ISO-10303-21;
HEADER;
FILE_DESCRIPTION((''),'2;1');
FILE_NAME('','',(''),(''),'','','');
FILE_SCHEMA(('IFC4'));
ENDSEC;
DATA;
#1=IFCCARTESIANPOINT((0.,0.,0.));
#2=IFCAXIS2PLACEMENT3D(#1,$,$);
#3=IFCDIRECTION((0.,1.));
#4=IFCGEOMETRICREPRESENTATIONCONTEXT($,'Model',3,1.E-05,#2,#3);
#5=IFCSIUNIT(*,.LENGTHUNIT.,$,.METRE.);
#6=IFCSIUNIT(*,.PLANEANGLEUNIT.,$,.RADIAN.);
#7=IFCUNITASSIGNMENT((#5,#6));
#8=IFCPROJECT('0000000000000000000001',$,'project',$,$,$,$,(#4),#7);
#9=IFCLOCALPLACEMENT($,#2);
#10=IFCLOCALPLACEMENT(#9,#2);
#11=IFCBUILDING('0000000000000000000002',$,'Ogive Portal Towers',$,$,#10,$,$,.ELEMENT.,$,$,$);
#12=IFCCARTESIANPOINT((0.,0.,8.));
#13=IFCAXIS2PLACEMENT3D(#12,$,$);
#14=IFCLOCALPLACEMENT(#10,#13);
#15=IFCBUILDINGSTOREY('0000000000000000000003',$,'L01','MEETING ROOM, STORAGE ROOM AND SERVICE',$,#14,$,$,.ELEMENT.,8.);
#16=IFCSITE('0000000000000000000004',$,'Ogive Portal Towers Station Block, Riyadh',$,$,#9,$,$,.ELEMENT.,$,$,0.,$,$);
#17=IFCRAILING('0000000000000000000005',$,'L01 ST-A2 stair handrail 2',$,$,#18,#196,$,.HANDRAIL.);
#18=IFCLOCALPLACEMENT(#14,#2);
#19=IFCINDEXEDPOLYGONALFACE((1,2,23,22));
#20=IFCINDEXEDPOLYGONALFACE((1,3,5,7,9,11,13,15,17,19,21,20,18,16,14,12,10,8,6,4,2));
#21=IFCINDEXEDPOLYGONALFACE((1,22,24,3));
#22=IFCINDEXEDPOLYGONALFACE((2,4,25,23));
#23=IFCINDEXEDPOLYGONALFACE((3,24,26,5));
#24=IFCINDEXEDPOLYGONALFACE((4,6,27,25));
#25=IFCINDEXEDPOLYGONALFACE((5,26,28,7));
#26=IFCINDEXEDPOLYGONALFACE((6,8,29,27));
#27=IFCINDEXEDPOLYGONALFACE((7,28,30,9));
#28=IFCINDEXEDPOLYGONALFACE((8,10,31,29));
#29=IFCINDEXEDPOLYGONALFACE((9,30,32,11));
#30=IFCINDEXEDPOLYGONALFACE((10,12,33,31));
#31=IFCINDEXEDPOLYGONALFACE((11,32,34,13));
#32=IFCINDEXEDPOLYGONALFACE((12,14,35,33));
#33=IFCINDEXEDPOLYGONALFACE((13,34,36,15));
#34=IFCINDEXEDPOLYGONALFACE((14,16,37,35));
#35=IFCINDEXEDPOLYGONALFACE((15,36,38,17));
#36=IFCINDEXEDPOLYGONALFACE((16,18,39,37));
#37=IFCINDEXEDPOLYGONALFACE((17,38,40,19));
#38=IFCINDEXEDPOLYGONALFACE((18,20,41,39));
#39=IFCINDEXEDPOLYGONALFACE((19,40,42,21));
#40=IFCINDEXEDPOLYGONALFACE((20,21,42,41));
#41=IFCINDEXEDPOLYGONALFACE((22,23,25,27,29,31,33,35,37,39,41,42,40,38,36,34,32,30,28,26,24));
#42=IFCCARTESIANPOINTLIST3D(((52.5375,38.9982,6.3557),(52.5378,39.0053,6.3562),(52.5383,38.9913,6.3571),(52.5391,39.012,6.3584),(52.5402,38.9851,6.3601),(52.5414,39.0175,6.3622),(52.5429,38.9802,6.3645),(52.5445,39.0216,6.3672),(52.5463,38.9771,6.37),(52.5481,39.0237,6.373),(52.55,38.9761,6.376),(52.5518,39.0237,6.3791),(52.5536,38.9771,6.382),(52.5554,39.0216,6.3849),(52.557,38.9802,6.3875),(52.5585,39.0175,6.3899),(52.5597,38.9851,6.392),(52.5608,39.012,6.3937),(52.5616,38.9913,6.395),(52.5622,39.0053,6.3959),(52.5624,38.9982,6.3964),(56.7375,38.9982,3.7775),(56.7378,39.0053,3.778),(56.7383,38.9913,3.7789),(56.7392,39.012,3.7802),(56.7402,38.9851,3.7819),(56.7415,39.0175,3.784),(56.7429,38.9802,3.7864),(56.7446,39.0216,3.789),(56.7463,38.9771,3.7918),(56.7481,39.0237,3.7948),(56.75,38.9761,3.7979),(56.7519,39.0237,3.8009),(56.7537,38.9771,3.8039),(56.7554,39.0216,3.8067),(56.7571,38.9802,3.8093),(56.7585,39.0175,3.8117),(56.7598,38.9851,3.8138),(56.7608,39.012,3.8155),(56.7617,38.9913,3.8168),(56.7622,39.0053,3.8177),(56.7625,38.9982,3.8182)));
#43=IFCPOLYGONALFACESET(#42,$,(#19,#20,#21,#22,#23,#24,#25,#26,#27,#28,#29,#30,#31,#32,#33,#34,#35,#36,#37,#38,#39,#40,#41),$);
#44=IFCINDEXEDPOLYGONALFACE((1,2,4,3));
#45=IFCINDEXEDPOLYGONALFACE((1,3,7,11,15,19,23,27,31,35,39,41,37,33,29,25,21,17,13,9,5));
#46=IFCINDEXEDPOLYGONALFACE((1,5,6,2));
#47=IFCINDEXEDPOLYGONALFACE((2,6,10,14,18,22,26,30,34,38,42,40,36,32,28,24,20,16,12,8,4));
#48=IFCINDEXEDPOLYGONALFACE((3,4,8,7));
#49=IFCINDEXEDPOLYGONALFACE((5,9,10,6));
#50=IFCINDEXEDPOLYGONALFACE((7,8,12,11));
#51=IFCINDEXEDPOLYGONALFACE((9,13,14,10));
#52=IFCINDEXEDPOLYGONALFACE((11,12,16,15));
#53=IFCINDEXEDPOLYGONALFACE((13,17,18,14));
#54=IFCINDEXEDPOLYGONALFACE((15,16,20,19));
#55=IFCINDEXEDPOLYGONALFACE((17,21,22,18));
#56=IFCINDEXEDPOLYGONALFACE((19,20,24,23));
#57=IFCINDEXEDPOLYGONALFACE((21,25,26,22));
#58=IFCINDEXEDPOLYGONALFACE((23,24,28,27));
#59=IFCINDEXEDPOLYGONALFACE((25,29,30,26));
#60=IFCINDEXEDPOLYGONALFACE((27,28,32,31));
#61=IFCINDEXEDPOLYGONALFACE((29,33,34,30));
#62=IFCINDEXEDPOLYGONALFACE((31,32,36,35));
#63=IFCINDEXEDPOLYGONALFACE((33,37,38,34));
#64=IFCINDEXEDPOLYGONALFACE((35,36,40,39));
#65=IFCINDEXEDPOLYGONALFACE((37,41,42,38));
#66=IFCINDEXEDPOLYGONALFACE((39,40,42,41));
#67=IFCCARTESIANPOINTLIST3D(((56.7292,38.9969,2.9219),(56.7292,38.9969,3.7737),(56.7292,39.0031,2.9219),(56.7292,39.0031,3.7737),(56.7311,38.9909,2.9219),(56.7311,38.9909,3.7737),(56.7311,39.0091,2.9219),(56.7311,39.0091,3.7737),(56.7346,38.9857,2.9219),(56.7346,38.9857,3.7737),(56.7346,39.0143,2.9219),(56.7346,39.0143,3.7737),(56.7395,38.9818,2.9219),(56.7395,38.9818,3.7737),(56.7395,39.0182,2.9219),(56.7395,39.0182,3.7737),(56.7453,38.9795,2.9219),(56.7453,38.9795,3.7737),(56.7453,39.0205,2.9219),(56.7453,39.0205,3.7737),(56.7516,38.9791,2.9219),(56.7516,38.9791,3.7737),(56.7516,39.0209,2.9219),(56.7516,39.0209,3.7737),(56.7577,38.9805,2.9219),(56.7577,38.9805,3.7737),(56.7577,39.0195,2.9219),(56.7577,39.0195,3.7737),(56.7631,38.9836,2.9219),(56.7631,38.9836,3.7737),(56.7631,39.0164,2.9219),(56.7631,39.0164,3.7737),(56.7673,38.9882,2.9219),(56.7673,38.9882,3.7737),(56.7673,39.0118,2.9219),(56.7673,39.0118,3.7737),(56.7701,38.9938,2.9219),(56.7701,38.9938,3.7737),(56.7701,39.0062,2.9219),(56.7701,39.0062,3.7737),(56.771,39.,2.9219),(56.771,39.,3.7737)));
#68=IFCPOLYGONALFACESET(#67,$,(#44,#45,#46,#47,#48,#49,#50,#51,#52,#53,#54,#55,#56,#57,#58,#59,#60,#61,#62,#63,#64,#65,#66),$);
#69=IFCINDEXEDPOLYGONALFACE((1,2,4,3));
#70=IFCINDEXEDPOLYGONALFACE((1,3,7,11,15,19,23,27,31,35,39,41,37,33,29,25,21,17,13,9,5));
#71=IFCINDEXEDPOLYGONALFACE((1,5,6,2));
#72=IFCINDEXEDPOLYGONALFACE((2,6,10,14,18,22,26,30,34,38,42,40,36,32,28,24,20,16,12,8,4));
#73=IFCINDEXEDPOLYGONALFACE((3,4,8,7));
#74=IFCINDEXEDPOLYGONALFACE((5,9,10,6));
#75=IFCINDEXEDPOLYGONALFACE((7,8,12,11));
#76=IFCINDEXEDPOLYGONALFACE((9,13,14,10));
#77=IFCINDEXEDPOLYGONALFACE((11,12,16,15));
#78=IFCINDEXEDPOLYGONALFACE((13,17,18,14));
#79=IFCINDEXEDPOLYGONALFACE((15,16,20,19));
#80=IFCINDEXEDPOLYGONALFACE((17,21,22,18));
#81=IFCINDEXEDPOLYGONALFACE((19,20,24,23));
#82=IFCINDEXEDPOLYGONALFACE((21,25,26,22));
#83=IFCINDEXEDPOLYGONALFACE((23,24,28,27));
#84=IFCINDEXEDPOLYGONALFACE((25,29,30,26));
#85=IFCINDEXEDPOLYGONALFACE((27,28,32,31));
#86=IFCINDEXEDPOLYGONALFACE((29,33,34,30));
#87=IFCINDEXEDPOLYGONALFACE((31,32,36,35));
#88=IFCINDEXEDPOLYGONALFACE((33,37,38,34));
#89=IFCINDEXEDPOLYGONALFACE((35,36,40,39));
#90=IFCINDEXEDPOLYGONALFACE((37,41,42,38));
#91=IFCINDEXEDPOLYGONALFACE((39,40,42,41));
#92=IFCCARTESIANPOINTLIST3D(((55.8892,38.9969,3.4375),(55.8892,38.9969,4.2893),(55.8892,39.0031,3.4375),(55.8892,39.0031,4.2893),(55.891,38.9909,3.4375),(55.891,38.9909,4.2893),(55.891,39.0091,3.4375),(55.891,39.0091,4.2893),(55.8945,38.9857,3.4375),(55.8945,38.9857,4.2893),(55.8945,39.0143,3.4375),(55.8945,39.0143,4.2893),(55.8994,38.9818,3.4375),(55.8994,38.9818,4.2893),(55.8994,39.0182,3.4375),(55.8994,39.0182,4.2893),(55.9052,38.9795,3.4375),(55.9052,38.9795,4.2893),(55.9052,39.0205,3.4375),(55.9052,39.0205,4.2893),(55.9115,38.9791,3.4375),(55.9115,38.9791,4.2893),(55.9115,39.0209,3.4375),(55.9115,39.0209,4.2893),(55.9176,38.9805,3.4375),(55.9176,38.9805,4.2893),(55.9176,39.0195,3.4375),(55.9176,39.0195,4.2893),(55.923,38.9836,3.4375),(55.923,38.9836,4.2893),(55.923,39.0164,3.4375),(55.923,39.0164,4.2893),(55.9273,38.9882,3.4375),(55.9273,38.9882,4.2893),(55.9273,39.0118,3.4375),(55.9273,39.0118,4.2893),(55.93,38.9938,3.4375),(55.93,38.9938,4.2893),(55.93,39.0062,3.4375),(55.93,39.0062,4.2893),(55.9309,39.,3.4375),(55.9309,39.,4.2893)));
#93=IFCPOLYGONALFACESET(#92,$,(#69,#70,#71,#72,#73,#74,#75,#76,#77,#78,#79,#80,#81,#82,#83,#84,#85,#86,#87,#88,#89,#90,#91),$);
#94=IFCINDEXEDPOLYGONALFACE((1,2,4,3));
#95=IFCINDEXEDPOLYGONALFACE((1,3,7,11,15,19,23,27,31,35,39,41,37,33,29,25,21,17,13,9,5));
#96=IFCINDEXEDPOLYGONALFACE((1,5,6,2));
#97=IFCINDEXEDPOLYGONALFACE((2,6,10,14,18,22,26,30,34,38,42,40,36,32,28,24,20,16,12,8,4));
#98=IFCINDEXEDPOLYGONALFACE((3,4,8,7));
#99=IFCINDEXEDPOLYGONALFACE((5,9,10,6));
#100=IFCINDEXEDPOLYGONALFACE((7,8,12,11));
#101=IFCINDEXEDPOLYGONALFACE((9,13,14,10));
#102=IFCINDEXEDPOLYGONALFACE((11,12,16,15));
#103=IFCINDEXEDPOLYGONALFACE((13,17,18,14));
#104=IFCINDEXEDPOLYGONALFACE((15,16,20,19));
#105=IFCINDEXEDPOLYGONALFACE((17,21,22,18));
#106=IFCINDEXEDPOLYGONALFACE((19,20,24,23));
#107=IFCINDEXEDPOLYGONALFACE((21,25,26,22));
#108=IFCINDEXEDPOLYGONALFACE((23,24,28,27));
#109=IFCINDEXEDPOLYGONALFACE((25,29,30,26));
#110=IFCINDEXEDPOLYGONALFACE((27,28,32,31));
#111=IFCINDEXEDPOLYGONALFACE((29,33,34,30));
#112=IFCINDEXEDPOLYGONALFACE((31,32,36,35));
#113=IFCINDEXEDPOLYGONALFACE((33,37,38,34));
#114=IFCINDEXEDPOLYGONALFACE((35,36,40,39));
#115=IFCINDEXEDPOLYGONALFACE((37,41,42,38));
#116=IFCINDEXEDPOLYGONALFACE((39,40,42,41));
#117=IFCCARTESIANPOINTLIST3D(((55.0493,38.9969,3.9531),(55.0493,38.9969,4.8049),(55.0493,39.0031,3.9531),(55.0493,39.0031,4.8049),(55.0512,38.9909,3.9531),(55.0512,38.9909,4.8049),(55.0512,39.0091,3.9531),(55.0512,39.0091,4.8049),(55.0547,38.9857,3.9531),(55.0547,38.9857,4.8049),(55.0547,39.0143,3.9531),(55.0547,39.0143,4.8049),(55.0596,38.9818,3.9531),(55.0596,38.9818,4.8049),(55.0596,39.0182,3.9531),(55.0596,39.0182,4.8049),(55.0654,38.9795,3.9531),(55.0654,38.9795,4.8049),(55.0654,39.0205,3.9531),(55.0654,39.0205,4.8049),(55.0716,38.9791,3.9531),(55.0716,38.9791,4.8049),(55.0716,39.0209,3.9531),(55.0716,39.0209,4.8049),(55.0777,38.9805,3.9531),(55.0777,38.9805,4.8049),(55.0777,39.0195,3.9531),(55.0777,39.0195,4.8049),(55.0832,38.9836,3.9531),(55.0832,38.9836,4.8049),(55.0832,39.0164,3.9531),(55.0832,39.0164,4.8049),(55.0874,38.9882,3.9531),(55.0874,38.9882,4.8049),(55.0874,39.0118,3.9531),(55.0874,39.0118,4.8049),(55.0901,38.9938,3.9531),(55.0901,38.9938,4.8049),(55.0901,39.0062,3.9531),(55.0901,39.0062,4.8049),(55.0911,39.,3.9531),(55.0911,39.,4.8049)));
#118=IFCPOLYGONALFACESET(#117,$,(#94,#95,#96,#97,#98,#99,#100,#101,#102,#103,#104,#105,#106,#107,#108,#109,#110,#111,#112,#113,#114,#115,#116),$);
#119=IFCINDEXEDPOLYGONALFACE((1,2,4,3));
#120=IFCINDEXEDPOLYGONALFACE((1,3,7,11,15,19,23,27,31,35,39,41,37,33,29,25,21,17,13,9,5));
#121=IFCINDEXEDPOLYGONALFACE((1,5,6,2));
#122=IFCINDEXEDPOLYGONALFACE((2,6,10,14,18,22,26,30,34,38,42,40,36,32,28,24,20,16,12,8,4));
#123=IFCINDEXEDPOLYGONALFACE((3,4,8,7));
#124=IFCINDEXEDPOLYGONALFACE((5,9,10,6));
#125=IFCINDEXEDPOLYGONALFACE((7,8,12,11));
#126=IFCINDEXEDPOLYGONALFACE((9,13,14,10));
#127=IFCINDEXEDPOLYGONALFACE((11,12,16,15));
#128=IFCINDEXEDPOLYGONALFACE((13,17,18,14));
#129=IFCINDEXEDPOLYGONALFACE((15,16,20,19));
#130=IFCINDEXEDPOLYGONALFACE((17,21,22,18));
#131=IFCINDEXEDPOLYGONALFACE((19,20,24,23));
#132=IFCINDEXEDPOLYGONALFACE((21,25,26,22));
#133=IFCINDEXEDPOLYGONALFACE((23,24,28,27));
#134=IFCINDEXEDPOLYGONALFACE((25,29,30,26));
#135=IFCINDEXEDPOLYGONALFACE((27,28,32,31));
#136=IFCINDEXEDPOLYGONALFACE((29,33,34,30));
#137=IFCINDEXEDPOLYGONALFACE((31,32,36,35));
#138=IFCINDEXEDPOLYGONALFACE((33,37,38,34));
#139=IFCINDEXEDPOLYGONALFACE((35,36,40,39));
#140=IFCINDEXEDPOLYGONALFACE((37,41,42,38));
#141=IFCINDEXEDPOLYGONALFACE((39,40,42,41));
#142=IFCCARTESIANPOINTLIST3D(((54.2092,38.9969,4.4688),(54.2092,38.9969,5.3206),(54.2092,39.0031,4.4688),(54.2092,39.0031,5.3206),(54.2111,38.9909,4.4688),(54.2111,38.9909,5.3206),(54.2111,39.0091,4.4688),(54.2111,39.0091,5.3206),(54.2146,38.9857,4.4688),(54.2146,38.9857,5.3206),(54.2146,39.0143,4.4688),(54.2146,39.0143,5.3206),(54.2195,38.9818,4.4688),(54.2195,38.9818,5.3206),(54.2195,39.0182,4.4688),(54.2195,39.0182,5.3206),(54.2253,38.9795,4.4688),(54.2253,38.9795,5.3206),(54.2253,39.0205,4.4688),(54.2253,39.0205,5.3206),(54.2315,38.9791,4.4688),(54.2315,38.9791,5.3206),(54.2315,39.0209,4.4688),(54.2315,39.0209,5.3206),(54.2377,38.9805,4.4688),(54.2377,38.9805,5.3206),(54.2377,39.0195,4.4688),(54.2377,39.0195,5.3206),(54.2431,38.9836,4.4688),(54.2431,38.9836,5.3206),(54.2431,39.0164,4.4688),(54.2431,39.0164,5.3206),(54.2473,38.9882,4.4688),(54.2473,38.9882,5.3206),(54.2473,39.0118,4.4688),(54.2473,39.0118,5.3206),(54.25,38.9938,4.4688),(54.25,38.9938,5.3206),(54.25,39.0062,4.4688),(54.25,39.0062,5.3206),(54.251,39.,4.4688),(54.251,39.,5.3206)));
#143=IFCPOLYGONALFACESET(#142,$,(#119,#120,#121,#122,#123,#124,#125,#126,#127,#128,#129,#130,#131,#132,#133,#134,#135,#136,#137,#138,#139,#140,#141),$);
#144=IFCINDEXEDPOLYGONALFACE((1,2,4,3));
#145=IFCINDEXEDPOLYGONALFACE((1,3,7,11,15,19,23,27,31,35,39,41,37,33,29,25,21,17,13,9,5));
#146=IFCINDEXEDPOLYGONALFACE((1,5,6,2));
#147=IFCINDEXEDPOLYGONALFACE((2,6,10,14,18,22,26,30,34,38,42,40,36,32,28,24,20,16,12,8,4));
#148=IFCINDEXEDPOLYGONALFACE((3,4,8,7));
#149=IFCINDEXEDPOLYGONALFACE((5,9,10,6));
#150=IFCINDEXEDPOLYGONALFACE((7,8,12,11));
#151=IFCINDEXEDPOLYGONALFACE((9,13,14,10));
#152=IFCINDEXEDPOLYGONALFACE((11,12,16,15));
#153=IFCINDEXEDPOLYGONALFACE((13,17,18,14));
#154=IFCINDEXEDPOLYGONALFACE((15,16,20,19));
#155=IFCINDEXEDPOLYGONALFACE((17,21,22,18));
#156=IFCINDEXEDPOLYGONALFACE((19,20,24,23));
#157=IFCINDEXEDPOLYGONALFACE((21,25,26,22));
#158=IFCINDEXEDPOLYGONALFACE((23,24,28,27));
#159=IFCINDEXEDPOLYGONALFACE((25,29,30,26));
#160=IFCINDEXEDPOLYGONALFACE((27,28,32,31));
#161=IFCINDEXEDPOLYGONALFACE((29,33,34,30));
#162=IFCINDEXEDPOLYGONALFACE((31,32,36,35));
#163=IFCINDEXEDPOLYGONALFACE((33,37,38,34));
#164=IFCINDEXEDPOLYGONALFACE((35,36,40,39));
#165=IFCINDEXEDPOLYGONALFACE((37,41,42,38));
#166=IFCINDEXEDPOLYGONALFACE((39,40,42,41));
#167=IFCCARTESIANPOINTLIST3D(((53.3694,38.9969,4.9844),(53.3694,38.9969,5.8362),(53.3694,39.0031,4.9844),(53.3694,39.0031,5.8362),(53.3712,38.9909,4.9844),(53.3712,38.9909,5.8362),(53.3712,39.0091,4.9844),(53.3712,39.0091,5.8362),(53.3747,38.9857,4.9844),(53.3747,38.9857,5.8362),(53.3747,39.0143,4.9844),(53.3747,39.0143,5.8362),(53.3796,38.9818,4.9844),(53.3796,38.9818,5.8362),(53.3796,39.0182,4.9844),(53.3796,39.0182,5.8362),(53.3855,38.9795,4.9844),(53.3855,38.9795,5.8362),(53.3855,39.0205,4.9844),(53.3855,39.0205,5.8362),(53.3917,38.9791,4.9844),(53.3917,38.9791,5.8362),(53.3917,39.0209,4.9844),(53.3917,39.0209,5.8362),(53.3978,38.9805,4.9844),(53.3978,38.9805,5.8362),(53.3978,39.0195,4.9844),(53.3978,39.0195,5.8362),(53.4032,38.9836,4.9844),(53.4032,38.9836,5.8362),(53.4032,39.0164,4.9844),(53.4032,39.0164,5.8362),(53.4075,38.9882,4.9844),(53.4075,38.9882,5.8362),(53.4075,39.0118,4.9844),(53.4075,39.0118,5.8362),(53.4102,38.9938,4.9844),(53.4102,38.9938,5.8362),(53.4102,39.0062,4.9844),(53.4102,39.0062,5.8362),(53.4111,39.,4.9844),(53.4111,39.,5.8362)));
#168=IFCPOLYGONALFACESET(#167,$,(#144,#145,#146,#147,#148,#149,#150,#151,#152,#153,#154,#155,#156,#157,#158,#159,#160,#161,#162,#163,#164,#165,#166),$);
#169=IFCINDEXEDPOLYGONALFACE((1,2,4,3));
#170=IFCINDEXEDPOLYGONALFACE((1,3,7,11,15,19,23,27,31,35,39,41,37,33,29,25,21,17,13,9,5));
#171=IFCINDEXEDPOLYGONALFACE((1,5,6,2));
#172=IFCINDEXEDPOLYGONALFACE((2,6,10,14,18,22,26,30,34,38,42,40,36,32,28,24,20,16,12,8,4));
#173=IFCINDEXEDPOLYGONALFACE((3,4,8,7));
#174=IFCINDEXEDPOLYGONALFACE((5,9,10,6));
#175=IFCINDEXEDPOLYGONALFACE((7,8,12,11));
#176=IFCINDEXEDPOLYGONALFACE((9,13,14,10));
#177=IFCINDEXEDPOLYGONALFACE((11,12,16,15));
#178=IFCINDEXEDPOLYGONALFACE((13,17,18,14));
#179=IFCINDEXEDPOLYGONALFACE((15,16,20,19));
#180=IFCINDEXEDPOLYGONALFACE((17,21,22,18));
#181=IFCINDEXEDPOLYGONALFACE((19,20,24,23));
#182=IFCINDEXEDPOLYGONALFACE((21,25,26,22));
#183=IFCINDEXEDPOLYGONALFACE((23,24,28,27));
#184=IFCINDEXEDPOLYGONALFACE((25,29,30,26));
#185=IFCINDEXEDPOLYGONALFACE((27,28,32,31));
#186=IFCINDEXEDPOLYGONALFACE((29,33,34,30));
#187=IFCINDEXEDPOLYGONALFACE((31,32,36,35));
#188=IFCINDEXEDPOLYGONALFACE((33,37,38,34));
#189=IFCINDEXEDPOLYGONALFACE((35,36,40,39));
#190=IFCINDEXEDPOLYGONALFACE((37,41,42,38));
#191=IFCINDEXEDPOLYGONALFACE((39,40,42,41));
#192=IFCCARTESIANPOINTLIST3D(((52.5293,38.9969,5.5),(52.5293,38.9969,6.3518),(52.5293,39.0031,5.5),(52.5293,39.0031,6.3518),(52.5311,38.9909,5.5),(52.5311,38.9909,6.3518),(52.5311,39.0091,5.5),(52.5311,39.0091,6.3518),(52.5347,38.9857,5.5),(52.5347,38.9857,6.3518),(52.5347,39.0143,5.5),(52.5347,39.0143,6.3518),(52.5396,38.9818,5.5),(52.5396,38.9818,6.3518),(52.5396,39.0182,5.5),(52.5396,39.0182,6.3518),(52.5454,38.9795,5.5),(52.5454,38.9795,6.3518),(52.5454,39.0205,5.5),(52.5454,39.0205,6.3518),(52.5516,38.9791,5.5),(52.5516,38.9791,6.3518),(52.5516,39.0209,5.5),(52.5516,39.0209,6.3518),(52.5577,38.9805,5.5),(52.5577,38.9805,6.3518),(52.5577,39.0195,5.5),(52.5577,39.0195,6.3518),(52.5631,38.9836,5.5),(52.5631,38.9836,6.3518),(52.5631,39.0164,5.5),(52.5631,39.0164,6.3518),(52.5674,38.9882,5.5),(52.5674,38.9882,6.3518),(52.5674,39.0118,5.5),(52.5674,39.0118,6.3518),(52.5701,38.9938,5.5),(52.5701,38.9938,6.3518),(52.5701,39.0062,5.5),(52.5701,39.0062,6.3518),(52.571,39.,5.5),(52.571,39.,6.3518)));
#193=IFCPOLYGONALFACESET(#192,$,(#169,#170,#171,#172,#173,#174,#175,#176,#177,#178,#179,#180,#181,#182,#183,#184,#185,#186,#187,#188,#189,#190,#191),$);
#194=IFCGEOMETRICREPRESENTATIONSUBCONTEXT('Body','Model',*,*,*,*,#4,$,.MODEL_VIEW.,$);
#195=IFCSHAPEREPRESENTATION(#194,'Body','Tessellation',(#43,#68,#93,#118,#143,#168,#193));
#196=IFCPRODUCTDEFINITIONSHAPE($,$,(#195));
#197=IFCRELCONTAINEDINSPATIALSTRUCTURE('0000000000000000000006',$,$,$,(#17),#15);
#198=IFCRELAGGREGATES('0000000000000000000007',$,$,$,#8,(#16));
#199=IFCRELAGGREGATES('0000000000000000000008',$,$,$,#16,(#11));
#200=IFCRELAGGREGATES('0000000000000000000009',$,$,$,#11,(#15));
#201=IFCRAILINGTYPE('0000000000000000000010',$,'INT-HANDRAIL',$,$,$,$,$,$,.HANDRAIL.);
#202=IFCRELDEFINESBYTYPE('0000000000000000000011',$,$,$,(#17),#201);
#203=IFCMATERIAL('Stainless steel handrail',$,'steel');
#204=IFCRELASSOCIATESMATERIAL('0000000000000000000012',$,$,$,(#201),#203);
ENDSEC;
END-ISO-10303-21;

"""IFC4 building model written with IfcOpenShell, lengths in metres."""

from ifc_helpers import new_model, si_unit, direction, frame, origin, origin_2d, place, context, subcontext, project, spatial, circle, extrude, material, type_object, element, save


model = new_model("IFC4")

# Units and contexts
model_context = context("Model", 3, precision=1e-05, world=origin(), true_north=direction((0.0, 1.0)))
body_context = subcontext(model_context, "Body", "Model", "MODEL_VIEW")
ifc_project = project(units=[si_unit("LENGTHUNIT", "METRE"), si_unit("PLANEANGLEUNIT", "RADIAN")], contexts=[model_context])

# Site, building, storey
site_placement = place(None, origin())
site = spatial("IfcSite", under=ifc_project, at=site_placement, Name="Ogive Portal Towers Station Block, Riyadh", CompositionType="ELEMENT", RefElevation=0.0)
building_placement = place(site_placement, origin())
building = spatial("IfcBuilding", under=site, at=building_placement, Name="Ogive Portal Towers", CompositionType="ELEMENT")
storey_placement = place(building_placement, frame((0.0, 0.0, 8.0)))
storey = spatial("IfcBuildingStorey", under=building, at=storey_placement, Name="L01", Description="MEETING ROOM, STORAGE ROOM AND SERVICE", CompositionType="ELEMENT", Elevation=8.0)

# Railing
ifc_material_1 = material(Name="Stainless steel handrail", Category="steel")
railing_type_1 = type_object("IfcRailingType", Name="INT-HANDRAIL", PredefinedType="HANDRAIL", material=ifc_material_1)
railing_1_placement = place(storey_placement, frame((56.75, 39.0, 2.9219)))
element("IfcRailing", 1, at=railing_1_placement, inside=storey, type_object=railing_type_1, Name="L01 ST-A2 stair handrail 2", PredefinedType="HANDRAIL", context=body_context, shape_type="SweptSolid", body=[
    extrude(circle(Radius=0.0239, at=origin_2d()), frame((0.0, 0.0, 0.876), z_axis=(-0.852243, 0.0, 0.523146), x_axis=(0.0, -1.0, 0.0)), (0.0, 0.0, 1.0), 4.9282),
    extrude(circle(Radius=0.021, at=origin_2d()), origin(), (0.0, 0.0, 1.0), 0.8518),
    extrude(circle(Radius=0.021, at=origin_2d()), frame((-0.8401, 0.0, 0.5156)), (0.0, 0.0, 1.0), 0.8518),
    extrude(circle(Radius=0.021, at=origin_2d()), frame((-1.6799, 0.0, 1.0312)), (0.0, 0.0, 1.0), 0.8518),
    extrude(circle(Radius=0.021, at=origin_2d()), frame((-2.52, 0.0, 1.5469)), (0.0, 0.0, 1.0), 0.8518),
    extrude(circle(Radius=0.021, at=origin_2d()), frame((-3.3599, 0.0, 2.0625)), (0.0, 0.0, 1.0), 0.8518),
    extrude(circle(Radius=0.021, at=origin_2d()), frame((-4.2, 0.0, 2.5781)), (0.0, 0.0, 1.0), 0.8518),
])

save(model, "model.ifc")
